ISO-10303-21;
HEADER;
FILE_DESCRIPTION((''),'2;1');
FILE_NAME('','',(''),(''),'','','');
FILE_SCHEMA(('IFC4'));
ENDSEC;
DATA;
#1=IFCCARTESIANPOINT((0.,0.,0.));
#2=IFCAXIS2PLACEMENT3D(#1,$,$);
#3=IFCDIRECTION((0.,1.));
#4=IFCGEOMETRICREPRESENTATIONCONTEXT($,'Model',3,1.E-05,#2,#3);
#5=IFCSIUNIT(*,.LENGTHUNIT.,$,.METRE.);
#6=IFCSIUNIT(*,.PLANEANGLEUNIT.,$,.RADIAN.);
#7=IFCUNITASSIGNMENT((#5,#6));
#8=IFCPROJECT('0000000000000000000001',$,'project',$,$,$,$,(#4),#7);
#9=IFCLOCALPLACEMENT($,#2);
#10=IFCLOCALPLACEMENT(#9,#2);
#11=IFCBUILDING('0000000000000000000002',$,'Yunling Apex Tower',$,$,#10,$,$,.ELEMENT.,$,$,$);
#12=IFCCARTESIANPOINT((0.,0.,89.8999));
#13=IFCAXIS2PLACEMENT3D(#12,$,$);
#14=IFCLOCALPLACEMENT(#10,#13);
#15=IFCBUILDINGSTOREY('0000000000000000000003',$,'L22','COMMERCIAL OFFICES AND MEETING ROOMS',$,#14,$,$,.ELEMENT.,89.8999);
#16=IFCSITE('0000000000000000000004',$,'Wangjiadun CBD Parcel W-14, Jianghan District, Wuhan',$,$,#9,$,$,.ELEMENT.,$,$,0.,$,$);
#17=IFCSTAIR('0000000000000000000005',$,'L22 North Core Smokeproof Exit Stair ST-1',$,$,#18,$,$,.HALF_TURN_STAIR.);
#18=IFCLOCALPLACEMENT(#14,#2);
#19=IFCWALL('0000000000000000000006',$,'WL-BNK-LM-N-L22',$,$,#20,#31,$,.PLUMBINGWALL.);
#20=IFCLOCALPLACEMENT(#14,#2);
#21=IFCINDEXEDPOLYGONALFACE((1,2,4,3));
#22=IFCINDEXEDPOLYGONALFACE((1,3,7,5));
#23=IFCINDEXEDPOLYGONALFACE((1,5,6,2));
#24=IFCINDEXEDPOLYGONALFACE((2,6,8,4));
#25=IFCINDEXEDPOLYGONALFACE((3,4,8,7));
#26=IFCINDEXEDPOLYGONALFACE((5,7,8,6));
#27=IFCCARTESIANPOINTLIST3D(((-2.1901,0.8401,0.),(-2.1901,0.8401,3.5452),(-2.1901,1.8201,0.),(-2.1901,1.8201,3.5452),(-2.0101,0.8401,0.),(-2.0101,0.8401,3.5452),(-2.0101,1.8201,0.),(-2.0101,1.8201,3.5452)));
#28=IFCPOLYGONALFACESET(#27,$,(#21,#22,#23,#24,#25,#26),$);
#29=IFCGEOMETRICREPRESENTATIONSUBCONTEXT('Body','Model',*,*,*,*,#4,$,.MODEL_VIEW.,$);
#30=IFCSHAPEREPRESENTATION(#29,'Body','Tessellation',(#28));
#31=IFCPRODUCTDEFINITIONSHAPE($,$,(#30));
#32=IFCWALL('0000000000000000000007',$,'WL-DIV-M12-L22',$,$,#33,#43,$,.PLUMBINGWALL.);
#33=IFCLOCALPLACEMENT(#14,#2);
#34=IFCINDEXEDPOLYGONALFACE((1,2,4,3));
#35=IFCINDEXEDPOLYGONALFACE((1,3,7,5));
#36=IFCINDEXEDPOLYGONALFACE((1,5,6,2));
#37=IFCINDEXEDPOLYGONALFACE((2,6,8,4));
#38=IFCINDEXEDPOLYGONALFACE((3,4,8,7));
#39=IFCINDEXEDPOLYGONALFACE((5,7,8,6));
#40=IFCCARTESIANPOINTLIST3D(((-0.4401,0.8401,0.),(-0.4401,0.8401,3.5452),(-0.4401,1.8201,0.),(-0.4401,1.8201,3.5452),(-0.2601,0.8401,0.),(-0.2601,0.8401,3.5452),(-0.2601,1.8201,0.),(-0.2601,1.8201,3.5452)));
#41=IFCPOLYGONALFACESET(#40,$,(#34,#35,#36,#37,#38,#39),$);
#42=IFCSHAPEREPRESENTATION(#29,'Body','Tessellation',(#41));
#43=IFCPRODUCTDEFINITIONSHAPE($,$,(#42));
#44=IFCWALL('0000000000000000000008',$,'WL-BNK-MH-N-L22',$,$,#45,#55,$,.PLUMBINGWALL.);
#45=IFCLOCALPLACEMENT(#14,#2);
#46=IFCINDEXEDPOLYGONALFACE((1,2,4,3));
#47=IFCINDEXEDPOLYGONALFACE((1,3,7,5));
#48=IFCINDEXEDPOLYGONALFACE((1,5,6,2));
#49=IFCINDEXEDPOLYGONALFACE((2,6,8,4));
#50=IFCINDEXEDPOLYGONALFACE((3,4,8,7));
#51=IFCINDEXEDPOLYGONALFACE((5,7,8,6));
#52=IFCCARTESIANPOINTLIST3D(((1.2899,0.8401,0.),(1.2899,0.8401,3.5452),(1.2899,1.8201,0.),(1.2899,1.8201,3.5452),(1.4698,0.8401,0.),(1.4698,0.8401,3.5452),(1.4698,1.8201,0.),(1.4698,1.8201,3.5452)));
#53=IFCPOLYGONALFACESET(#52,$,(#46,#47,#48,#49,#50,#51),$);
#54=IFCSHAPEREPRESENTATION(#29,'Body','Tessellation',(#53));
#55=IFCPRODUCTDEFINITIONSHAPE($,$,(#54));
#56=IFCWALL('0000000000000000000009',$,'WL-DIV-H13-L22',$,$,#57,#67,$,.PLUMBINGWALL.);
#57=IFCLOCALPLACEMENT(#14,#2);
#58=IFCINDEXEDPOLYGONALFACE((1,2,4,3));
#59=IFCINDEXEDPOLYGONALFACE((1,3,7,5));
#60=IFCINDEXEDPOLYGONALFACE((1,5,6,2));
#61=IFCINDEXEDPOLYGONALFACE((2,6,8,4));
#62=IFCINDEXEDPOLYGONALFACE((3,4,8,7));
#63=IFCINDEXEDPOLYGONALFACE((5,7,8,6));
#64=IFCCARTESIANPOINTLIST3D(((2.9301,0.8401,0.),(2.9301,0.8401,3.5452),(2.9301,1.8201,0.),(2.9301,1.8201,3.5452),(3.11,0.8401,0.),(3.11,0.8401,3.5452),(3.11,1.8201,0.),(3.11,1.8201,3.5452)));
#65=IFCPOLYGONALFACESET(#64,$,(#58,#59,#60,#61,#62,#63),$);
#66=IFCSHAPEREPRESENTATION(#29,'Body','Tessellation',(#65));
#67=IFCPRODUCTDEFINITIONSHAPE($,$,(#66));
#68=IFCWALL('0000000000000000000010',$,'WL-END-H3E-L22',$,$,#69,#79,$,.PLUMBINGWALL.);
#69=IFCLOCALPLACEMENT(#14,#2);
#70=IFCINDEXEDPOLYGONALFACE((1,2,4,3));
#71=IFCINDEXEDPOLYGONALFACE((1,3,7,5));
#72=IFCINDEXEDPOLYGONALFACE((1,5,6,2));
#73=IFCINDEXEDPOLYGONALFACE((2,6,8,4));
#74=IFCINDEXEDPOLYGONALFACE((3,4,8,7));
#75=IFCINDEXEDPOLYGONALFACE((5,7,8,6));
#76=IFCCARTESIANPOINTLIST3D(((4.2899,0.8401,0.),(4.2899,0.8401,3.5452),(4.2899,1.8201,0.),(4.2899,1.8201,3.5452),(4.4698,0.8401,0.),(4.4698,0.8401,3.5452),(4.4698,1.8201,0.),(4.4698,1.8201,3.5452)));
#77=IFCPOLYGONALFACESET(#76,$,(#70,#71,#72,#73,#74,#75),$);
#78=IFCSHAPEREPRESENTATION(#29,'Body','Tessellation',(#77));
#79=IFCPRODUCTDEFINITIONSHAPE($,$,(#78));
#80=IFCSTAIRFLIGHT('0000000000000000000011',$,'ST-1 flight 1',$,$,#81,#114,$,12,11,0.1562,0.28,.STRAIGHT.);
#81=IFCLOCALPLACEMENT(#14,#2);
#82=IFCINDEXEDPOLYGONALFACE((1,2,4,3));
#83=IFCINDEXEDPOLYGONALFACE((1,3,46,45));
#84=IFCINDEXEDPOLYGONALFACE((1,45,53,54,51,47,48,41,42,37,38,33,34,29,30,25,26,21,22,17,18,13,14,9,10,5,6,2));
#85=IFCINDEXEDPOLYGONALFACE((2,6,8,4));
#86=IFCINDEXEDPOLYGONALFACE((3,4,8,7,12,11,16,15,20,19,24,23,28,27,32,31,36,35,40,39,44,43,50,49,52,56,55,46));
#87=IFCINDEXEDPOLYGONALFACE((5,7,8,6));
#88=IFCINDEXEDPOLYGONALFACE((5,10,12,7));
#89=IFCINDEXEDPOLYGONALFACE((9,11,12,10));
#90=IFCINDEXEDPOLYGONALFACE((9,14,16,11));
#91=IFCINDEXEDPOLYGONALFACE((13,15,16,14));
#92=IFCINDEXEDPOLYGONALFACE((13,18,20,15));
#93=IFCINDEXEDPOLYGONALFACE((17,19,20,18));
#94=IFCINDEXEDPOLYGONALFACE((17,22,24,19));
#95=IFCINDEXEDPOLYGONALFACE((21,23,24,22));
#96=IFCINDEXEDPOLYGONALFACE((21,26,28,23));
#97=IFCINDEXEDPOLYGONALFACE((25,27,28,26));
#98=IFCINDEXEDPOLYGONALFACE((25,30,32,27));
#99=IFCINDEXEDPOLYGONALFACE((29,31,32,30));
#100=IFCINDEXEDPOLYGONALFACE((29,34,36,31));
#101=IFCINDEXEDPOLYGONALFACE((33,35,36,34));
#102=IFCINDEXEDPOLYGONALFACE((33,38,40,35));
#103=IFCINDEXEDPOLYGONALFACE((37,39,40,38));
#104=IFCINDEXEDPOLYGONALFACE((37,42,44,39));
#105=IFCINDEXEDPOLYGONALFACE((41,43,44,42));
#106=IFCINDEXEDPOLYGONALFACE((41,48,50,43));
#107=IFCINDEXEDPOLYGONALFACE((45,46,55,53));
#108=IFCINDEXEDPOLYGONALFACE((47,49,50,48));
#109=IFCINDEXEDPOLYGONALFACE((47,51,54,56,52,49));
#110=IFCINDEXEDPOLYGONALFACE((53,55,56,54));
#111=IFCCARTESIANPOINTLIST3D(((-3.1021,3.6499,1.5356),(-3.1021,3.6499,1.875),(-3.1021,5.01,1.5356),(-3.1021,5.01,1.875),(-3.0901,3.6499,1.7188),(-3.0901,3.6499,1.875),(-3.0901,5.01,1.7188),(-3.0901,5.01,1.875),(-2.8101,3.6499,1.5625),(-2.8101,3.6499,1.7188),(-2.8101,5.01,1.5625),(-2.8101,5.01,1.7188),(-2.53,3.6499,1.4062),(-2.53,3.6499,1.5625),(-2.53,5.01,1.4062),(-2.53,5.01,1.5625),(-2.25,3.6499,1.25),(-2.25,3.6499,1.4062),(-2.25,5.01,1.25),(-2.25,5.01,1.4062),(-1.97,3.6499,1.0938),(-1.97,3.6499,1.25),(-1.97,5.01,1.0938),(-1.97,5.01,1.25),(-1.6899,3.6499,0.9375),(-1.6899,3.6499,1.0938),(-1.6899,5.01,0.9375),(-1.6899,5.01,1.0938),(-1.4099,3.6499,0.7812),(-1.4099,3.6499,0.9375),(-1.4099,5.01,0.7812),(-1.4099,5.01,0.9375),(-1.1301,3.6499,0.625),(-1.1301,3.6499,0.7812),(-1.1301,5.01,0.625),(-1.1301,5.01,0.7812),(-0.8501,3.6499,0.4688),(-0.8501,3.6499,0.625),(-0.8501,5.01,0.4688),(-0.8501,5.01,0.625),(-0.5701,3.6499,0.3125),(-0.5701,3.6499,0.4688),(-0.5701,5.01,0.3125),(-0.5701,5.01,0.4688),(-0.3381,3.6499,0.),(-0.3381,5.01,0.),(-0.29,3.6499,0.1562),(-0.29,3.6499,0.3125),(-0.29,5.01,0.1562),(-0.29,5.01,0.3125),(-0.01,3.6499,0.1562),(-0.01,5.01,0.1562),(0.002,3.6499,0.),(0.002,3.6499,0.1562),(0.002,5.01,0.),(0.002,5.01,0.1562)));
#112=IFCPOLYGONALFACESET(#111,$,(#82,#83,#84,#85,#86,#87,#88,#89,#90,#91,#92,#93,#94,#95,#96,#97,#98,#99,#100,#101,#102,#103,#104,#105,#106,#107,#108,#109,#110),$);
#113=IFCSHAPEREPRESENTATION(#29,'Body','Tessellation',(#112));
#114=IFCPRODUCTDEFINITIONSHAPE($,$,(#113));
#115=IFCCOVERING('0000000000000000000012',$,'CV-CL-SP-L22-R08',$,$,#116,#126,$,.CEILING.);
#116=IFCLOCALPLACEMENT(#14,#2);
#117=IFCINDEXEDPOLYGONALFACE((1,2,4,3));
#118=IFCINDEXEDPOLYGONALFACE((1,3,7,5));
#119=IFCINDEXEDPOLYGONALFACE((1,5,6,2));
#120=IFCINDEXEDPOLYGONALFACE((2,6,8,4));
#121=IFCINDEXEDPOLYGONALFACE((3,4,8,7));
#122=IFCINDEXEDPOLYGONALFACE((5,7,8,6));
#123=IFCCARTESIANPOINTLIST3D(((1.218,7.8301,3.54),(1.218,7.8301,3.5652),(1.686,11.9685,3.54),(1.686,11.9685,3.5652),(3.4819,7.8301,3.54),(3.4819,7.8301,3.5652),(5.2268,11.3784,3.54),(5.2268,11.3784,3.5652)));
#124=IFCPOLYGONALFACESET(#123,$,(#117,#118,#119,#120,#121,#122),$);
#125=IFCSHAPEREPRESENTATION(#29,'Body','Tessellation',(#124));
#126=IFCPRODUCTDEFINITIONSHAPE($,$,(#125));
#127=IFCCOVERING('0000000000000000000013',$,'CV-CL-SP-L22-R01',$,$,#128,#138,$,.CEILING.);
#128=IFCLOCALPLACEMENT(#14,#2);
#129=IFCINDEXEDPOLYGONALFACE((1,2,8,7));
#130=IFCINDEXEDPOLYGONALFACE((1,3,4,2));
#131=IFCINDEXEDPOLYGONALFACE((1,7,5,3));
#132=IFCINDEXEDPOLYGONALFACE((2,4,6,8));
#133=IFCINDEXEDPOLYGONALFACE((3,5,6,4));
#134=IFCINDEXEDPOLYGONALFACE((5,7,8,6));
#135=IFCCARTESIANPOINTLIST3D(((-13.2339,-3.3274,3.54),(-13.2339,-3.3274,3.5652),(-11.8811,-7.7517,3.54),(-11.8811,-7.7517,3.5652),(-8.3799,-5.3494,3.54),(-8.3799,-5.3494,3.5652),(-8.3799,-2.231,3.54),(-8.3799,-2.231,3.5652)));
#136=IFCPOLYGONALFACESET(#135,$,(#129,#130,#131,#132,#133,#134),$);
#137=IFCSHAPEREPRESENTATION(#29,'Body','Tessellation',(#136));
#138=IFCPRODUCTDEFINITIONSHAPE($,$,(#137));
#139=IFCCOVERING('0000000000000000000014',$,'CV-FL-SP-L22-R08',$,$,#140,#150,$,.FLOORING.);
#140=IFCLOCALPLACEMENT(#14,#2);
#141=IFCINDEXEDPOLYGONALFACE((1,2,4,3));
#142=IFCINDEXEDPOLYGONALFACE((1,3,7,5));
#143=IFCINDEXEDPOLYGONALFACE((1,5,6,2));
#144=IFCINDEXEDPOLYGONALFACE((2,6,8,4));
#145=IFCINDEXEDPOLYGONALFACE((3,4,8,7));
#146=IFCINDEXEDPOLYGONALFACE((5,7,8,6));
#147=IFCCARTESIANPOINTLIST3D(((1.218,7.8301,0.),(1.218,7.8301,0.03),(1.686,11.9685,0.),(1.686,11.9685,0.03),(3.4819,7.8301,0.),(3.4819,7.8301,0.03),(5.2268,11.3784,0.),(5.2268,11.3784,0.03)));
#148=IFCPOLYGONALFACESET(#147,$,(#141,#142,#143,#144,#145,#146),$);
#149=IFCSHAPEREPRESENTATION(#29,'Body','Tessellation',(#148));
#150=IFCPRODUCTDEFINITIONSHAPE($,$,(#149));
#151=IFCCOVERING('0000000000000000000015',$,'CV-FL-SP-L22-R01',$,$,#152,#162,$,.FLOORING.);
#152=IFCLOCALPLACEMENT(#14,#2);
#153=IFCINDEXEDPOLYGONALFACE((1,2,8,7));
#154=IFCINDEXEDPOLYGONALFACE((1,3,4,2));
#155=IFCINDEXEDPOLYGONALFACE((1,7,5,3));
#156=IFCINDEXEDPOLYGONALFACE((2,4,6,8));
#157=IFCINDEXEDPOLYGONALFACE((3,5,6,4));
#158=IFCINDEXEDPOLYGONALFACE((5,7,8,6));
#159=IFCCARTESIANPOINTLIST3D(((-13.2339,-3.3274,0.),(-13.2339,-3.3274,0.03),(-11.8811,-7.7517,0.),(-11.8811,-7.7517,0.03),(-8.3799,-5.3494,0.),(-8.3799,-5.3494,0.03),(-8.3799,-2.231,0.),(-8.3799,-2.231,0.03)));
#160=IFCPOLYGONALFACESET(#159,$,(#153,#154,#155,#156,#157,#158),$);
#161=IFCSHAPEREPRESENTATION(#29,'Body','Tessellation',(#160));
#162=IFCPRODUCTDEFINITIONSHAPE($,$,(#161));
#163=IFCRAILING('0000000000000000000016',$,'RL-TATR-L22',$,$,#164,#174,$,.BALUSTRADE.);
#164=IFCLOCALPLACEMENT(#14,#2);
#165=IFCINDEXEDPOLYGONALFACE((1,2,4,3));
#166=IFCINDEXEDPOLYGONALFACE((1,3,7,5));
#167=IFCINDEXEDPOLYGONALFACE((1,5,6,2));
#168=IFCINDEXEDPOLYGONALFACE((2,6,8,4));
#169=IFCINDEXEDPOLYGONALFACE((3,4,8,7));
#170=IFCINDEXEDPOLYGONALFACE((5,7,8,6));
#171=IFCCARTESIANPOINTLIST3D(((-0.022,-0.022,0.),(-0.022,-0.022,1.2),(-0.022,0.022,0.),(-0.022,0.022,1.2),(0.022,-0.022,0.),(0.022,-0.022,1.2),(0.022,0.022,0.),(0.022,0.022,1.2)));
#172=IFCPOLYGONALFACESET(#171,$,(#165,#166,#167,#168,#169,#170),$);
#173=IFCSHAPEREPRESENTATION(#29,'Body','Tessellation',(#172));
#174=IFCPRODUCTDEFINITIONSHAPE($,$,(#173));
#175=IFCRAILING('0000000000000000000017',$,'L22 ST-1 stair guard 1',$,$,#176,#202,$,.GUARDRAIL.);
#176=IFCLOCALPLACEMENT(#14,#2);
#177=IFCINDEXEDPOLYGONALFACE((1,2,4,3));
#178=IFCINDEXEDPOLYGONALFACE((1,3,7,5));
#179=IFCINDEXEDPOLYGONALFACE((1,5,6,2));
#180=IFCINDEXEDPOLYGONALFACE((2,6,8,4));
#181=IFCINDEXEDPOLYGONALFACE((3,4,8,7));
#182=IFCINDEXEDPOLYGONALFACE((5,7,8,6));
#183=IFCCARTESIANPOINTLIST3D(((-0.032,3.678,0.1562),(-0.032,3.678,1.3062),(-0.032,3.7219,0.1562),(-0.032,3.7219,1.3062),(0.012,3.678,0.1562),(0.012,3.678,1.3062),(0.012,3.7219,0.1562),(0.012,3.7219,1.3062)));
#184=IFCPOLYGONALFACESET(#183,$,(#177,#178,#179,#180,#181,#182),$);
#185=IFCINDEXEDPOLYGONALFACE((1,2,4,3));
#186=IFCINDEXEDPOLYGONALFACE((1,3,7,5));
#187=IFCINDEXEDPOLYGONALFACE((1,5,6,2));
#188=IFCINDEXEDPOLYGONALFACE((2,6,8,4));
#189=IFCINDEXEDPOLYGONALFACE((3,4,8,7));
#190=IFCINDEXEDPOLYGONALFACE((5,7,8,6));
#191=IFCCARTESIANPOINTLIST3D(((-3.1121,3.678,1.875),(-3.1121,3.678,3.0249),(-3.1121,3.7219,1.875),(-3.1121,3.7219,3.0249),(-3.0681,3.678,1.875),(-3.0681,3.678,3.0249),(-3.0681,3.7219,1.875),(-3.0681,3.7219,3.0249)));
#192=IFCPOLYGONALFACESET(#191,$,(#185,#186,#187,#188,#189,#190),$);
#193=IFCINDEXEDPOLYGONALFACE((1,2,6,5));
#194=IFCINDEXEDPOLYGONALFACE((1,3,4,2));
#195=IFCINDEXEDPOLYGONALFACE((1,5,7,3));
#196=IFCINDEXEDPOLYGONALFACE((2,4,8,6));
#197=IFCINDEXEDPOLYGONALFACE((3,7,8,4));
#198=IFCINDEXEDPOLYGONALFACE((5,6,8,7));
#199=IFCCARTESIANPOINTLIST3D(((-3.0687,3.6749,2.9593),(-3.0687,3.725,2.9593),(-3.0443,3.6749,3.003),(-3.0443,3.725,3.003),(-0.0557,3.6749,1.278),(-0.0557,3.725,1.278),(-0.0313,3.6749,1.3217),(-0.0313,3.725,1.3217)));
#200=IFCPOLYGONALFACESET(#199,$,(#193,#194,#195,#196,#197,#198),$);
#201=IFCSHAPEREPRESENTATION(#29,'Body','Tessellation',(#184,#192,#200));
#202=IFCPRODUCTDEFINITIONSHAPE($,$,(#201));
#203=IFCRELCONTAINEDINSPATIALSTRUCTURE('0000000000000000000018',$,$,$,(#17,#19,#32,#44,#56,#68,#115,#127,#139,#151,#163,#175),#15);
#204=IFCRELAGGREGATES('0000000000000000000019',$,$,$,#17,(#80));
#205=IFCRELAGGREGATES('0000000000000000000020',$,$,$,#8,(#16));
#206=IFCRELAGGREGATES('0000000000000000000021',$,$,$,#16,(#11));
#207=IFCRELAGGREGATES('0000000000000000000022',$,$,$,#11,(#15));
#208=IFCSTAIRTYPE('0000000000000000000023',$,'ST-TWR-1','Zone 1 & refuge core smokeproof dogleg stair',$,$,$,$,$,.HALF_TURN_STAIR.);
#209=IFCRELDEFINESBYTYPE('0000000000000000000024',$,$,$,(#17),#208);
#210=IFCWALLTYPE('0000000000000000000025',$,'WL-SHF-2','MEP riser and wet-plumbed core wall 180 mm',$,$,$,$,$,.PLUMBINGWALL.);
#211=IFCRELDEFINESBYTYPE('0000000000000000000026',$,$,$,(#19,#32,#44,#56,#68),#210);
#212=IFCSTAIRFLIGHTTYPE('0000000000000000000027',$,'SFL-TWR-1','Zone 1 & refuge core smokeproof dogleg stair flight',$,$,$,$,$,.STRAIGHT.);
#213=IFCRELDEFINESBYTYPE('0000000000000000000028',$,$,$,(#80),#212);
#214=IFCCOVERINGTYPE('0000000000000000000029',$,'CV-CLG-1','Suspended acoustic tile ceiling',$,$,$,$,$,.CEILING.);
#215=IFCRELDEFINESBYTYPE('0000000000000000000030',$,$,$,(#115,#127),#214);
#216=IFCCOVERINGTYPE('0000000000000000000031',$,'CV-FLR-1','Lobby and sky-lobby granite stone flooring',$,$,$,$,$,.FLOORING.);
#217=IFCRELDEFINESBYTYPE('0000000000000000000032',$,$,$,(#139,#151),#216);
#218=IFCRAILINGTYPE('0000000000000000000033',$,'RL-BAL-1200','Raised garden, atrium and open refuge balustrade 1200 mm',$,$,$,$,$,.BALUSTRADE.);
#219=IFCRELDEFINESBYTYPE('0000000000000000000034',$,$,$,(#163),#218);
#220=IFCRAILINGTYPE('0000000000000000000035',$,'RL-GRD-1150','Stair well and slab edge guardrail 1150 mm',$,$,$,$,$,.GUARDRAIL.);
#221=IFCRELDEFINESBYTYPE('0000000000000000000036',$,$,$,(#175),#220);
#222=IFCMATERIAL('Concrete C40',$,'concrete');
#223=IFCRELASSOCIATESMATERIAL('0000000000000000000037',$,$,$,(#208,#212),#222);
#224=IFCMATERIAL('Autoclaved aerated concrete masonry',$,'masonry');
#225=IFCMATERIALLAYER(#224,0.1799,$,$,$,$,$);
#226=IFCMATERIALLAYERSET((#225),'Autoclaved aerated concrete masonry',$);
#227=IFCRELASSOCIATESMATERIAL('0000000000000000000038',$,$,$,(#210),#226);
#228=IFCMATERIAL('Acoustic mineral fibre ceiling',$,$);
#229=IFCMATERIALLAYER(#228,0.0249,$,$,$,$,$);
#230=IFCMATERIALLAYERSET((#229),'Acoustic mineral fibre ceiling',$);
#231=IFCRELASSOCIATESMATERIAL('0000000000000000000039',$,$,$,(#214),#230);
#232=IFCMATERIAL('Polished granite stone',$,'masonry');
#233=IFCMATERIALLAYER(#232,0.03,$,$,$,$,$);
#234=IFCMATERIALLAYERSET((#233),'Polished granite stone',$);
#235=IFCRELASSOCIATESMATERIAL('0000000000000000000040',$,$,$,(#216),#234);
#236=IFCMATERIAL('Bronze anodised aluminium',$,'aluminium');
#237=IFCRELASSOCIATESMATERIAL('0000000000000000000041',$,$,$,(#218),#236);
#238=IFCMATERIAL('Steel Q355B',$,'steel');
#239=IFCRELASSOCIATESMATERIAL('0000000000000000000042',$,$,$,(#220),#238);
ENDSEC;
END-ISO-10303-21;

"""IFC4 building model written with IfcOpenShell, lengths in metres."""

from ifc_helpers import new_model, si_unit, direction, frame, frame_2d, origin, origin_2d, place, context, subcontext, project, spatial, polyline, rectangle, outline, extrude, material, layer, layer_set, type_object, element, aggregate, save


model = new_model("IFC4")

# Units and contexts
model_context = context("Model", 3, precision=1e-05, world=origin(), true_north=direction((0.0, 1.0)))
body_context = subcontext(model_context, "Body", "Model", "MODEL_VIEW")
ifc_project = project(units=[si_unit("LENGTHUNIT", "METRE"), si_unit("PLANEANGLEUNIT", "RADIAN")], contexts=[model_context])

# Site, building, storey
site_placement = place(None, origin())
site = spatial("IfcSite", under=ifc_project, at=site_placement, Name="Wangjiadun CBD Parcel W-14, Jianghan District, Wuhan", CompositionType="ELEMENT", RefElevation=0.0)
building_placement = place(site_placement, origin())
building = spatial("IfcBuilding", under=site, at=building_placement, Name="Yunling Apex Tower", CompositionType="ELEMENT")
storey_placement = place(building_placement, frame((0.0, 0.0, 89.8999)))
storey = spatial("IfcBuildingStorey", under=building, at=storey_placement, Name="L22", Description="COMMERCIAL OFFICES AND MEETING ROOMS", CompositionType="ELEMENT", Elevation=89.8999)

# Shared definitions
ifc_material_1 = material(Name="Concrete C40", Category="concrete")

# Stair
stair_type = type_object("IfcStairType", Name="ST-TWR-1", Description="Zone 1 & refuge core smokeproof dogleg stair", PredefinedType="HALF_TURN_STAIR", material=ifc_material_1)
stair_1_placement = place(storey_placement, origin())
stair_1 = element("IfcStair", 1, at=stair_1_placement, inside=storey, type_object=stair_type, Name="L22 North Core Smokeproof Exit Stair ST-1", PredefinedType="HALF_TURN_STAIR")

# Shared definitions
ifc_material_2 = material(Name="Autoclaved aerated concrete masonry", Category="masonry")
ifc_material_3 = material(Name="Steel Q355B", Category="steel")

# Walls
ifc_layer_1 = layer(ifc_material_2, 0.1799)
ifc_layer_set_1 = layer_set([ifc_layer_1], Name="Autoclaved aerated concrete masonry")
wall_type_1 = type_object("IfcWallType", Name="WL-SHF-2", Description="MEP riser and wet-plumbed core wall 180 mm", PredefinedType="PLUMBINGWALL", material=ifc_layer_set_1)
for number, where, z_axis, x_axis, name in (
    (2, (-2.1001, 0.8401, 0.0), (0.0, 0.0, 1.0), (0.0, 1.0, 0.0), "WL-BNK-LM-N-L22"),
    (3, (-0.3501, 0.8401, 0.0), (0.0, 0.0, 1.0), (0.0, 1.0, 0.0), "WL-DIV-M12-L22"),
    (4, (1.3799, 0.8401, 0.0), (0.0, 0.0, 1.0), (0.0, 1.0, 0.0), "WL-BNK-MH-N-L22"),
    (5, (3.02, 0.8401, 0.0), (0.0, 0.0, 1.0), (0.0, 1.0, 0.0), "WL-DIV-H13-L22"),
    (6, (4.3799, 0.8401, 0.0), (0.0, 0.0, 1.0), (0.0, 1.0, 0.0), "WL-END-H3E-L22"),
):
    element("IfcWall", number, at=place(storey_placement, frame(where, z_axis=z_axis, x_axis=x_axis)), inside=storey, type_object=wall_type_1, Name=name, PredefinedType="PLUMBINGWALL", context=body_context, shape_type="SweptSolid", body=[
        extrude(rectangle(XDim=0.98, YDim=0.1799, at=frame_2d((0.49, 0.0))), origin(), (0.0, 0.0, 1.0), 3.5452),
    ])

# Stair flight
stair_flight_type = type_object("IfcStairFlightType", Name="SFL-TWR-1", Description="Zone 1 & refuge core smokeproof dogleg stair flight", PredefinedType="STRAIGHT", material=ifc_material_1)
stair_flight_placement = place(storey_placement, frame((-0.01, 4.3301, 0.0), z_axis=(0.0, 0.0, 1.0), x_axis=(-1.0, 0.0, 0.0)))
stair_flight = element("IfcStairFlight", 7, at=stair_flight_placement, type_object=stair_flight_type, Name="ST-1 flight 1", NumberOfRisers=12, NumberOfTreads=11, PredefinedType="STRAIGHT", RiserHeight=0.1562, TreadLength=0.28, context=body_context, shape_type="SweptSolid", body=[
    extrude(outline(polyline([(-0.012, 0.0), (-0.012, 0.1562), (0.0, 0.1562), (0.28, 0.1562), (0.28, 0.3125), (0.5601, 0.3125), (0.5601, 0.4688), (0.8401, 0.4688), (0.8401, 0.625), (1.1201, 0.625), (1.1201, 0.7812), (1.3999, 0.7812), (1.3999, 0.9375), (1.6799, 0.9375), (1.6799, 1.0938), (1.96, 1.0938), (1.96, 1.25), (2.24, 1.25), (2.24, 1.4062), (2.52, 1.4062), (2.52, 1.5625), (2.8, 1.5625), (2.8, 1.7188), (3.0801, 1.7188), (3.0801, 1.875), (3.092, 1.875), (3.092, 1.5356), (0.3281, 0.0), (-0.012, 0.0)])), frame((0.0, 0.6802, 0.0), z_axis=(0.0, -1.0, 0.0), x_axis=(1.0, 0.0, 0.0)), (0.0, 0.0, 1.0), 1.3601),
])
aggregate(stair_1, [stair_flight])

# Coverings
ifc_material_4 = material(Name="Acoustic mineral fibre ceiling")
ifc_layer_2 = layer(ifc_material_4, 0.0249)
ifc_layer_set_2 = layer_set([ifc_layer_2], Name="Acoustic mineral fibre ceiling")
covering_type_1 = type_object("IfcCoveringType", Name="CV-CLG-1", Description="Suspended acoustic tile ceiling", PredefinedType="CEILING", material=ifc_layer_set_2)
covering_1_placement = place(storey_placement, frame((0.0, 0.0, 3.54)))
element("IfcCovering", 8, at=covering_1_placement, inside=storey, type_object=covering_type_1, Name="CV-CL-SP-L22-R08", PredefinedType="CEILING", context=body_context, shape_type="SweptSolid", body=[
    extrude(outline(polyline([(1.686, 11.9685), (5.2268, 11.3784), (3.4819, 7.8301), (1.218, 7.8301), (1.686, 11.9685)])), origin(), (0.0, 0.0, 1.0), 0.0251),
])
covering_2_placement = place(storey_placement, frame((0.0, 0.0, 3.54)))
element("IfcCovering", 9, at=covering_2_placement, inside=storey, type_object=covering_type_1, Name="CV-CL-SP-L22-R01", PredefinedType="CEILING", context=body_context, shape_type="SweptSolid", body=[
    extrude(outline(polyline([(-13.2339, -3.3274), (-8.3799, -2.231), (-8.3799, -5.3494), (-11.8811, -7.7517), (-13.2339, -3.3274)])), origin(), (0.0, 0.0, 1.0), 0.0251),
])
ifc_material_5 = material(Name="Polished granite stone", Category="masonry")
ifc_layer_3 = layer(ifc_material_5, 0.03)
ifc_layer_set_3 = layer_set([ifc_layer_3], Name="Polished granite stone")
covering_type_2 = type_object("IfcCoveringType", Name="CV-FLR-1", Description="Lobby and sky-lobby granite stone flooring", PredefinedType="FLOORING", material=ifc_layer_set_3)
covering_3_placement = place(storey_placement, origin())
element("IfcCovering", 10, at=covering_3_placement, inside=storey, type_object=covering_type_2, Name="CV-FL-SP-L22-R08", PredefinedType="FLOORING", context=body_context, shape_type="SweptSolid", body=[
    extrude(outline(polyline([(1.686, 11.9685), (5.2268, 11.3784), (3.4819, 7.8301), (1.218, 7.8301), (1.686, 11.9685)])), origin(), (0.0, 0.0, 1.0), 0.03),
])
covering_4_placement = place(storey_placement, origin())
element("IfcCovering", 11, at=covering_4_placement, inside=storey, type_object=covering_type_2, Name="CV-FL-SP-L22-R01", PredefinedType="FLOORING", context=body_context, shape_type="SweptSolid", body=[
    extrude(outline(polyline([(-13.2339, -3.3274), (-8.3799, -2.231), (-8.3799, -5.3494), (-11.8811, -7.7517), (-13.2339, -3.3274)])), origin(), (0.0, 0.0, 1.0), 0.03),
])

# Railings
ifc_material_6 = material(Name="Bronze anodised aluminium", Category="aluminium")
railing_type_1 = type_object("IfcRailingType", Name="RL-BAL-1200", Description="Raised garden, atrium and open refuge balustrade 1200 mm", PredefinedType="BALUSTRADE", material=ifc_material_6)
railing_1_placement = place(storey_placement, origin())
element("IfcRailing", 12, at=railing_1_placement, inside=storey, type_object=railing_type_1, Name="RL-TATR-L22", PredefinedType="BALUSTRADE", context=body_context, shape_type="SweptSolid", body=[
    extrude(rectangle(XDim=0.0439, YDim=0.0439, at=origin_2d()), origin(), (0.0, 0.0, 1.0), 1.2),
])
railing_type_2 = type_object("IfcRailingType", Name="RL-GRD-1150", Description="Stair well and slab edge guardrail 1150 mm", PredefinedType="GUARDRAIL", material=ifc_material_3)
railing_2_placement = place(storey_placement, frame((-0.01, 3.7, 0.1562)))
element("IfcRailing", 13, at=railing_2_placement, inside=storey, type_object=railing_type_2, Name="L22 ST-1 stair guard 1", PredefinedType="GUARDRAIL", context=body_context, shape_type="SweptSolid", body=[
    extrude(rectangle(XDim=0.0439, YDim=0.0439, at=origin_2d()), origin(), (0.0, 0.0, 1.0), 1.1499),
    extrude(rectangle(XDim=0.0439, YDim=0.0439, at=origin_2d()), frame((-3.0801, 0.0, 1.7188)), (0.0, 0.0, 1.0), 1.1499),
    extrude(rectangle(XDim=0.05, YDim=0.05, at=origin_2d()), frame((-0.0334, 0.0, 1.1436), z_axis=(-0.873242, 0.0, 0.487288), x_axis=(0.0, -1.0, 0.0)), (0.0, 0.0, 1.0), 3.4504),
])

save(model, "model.ifc")
